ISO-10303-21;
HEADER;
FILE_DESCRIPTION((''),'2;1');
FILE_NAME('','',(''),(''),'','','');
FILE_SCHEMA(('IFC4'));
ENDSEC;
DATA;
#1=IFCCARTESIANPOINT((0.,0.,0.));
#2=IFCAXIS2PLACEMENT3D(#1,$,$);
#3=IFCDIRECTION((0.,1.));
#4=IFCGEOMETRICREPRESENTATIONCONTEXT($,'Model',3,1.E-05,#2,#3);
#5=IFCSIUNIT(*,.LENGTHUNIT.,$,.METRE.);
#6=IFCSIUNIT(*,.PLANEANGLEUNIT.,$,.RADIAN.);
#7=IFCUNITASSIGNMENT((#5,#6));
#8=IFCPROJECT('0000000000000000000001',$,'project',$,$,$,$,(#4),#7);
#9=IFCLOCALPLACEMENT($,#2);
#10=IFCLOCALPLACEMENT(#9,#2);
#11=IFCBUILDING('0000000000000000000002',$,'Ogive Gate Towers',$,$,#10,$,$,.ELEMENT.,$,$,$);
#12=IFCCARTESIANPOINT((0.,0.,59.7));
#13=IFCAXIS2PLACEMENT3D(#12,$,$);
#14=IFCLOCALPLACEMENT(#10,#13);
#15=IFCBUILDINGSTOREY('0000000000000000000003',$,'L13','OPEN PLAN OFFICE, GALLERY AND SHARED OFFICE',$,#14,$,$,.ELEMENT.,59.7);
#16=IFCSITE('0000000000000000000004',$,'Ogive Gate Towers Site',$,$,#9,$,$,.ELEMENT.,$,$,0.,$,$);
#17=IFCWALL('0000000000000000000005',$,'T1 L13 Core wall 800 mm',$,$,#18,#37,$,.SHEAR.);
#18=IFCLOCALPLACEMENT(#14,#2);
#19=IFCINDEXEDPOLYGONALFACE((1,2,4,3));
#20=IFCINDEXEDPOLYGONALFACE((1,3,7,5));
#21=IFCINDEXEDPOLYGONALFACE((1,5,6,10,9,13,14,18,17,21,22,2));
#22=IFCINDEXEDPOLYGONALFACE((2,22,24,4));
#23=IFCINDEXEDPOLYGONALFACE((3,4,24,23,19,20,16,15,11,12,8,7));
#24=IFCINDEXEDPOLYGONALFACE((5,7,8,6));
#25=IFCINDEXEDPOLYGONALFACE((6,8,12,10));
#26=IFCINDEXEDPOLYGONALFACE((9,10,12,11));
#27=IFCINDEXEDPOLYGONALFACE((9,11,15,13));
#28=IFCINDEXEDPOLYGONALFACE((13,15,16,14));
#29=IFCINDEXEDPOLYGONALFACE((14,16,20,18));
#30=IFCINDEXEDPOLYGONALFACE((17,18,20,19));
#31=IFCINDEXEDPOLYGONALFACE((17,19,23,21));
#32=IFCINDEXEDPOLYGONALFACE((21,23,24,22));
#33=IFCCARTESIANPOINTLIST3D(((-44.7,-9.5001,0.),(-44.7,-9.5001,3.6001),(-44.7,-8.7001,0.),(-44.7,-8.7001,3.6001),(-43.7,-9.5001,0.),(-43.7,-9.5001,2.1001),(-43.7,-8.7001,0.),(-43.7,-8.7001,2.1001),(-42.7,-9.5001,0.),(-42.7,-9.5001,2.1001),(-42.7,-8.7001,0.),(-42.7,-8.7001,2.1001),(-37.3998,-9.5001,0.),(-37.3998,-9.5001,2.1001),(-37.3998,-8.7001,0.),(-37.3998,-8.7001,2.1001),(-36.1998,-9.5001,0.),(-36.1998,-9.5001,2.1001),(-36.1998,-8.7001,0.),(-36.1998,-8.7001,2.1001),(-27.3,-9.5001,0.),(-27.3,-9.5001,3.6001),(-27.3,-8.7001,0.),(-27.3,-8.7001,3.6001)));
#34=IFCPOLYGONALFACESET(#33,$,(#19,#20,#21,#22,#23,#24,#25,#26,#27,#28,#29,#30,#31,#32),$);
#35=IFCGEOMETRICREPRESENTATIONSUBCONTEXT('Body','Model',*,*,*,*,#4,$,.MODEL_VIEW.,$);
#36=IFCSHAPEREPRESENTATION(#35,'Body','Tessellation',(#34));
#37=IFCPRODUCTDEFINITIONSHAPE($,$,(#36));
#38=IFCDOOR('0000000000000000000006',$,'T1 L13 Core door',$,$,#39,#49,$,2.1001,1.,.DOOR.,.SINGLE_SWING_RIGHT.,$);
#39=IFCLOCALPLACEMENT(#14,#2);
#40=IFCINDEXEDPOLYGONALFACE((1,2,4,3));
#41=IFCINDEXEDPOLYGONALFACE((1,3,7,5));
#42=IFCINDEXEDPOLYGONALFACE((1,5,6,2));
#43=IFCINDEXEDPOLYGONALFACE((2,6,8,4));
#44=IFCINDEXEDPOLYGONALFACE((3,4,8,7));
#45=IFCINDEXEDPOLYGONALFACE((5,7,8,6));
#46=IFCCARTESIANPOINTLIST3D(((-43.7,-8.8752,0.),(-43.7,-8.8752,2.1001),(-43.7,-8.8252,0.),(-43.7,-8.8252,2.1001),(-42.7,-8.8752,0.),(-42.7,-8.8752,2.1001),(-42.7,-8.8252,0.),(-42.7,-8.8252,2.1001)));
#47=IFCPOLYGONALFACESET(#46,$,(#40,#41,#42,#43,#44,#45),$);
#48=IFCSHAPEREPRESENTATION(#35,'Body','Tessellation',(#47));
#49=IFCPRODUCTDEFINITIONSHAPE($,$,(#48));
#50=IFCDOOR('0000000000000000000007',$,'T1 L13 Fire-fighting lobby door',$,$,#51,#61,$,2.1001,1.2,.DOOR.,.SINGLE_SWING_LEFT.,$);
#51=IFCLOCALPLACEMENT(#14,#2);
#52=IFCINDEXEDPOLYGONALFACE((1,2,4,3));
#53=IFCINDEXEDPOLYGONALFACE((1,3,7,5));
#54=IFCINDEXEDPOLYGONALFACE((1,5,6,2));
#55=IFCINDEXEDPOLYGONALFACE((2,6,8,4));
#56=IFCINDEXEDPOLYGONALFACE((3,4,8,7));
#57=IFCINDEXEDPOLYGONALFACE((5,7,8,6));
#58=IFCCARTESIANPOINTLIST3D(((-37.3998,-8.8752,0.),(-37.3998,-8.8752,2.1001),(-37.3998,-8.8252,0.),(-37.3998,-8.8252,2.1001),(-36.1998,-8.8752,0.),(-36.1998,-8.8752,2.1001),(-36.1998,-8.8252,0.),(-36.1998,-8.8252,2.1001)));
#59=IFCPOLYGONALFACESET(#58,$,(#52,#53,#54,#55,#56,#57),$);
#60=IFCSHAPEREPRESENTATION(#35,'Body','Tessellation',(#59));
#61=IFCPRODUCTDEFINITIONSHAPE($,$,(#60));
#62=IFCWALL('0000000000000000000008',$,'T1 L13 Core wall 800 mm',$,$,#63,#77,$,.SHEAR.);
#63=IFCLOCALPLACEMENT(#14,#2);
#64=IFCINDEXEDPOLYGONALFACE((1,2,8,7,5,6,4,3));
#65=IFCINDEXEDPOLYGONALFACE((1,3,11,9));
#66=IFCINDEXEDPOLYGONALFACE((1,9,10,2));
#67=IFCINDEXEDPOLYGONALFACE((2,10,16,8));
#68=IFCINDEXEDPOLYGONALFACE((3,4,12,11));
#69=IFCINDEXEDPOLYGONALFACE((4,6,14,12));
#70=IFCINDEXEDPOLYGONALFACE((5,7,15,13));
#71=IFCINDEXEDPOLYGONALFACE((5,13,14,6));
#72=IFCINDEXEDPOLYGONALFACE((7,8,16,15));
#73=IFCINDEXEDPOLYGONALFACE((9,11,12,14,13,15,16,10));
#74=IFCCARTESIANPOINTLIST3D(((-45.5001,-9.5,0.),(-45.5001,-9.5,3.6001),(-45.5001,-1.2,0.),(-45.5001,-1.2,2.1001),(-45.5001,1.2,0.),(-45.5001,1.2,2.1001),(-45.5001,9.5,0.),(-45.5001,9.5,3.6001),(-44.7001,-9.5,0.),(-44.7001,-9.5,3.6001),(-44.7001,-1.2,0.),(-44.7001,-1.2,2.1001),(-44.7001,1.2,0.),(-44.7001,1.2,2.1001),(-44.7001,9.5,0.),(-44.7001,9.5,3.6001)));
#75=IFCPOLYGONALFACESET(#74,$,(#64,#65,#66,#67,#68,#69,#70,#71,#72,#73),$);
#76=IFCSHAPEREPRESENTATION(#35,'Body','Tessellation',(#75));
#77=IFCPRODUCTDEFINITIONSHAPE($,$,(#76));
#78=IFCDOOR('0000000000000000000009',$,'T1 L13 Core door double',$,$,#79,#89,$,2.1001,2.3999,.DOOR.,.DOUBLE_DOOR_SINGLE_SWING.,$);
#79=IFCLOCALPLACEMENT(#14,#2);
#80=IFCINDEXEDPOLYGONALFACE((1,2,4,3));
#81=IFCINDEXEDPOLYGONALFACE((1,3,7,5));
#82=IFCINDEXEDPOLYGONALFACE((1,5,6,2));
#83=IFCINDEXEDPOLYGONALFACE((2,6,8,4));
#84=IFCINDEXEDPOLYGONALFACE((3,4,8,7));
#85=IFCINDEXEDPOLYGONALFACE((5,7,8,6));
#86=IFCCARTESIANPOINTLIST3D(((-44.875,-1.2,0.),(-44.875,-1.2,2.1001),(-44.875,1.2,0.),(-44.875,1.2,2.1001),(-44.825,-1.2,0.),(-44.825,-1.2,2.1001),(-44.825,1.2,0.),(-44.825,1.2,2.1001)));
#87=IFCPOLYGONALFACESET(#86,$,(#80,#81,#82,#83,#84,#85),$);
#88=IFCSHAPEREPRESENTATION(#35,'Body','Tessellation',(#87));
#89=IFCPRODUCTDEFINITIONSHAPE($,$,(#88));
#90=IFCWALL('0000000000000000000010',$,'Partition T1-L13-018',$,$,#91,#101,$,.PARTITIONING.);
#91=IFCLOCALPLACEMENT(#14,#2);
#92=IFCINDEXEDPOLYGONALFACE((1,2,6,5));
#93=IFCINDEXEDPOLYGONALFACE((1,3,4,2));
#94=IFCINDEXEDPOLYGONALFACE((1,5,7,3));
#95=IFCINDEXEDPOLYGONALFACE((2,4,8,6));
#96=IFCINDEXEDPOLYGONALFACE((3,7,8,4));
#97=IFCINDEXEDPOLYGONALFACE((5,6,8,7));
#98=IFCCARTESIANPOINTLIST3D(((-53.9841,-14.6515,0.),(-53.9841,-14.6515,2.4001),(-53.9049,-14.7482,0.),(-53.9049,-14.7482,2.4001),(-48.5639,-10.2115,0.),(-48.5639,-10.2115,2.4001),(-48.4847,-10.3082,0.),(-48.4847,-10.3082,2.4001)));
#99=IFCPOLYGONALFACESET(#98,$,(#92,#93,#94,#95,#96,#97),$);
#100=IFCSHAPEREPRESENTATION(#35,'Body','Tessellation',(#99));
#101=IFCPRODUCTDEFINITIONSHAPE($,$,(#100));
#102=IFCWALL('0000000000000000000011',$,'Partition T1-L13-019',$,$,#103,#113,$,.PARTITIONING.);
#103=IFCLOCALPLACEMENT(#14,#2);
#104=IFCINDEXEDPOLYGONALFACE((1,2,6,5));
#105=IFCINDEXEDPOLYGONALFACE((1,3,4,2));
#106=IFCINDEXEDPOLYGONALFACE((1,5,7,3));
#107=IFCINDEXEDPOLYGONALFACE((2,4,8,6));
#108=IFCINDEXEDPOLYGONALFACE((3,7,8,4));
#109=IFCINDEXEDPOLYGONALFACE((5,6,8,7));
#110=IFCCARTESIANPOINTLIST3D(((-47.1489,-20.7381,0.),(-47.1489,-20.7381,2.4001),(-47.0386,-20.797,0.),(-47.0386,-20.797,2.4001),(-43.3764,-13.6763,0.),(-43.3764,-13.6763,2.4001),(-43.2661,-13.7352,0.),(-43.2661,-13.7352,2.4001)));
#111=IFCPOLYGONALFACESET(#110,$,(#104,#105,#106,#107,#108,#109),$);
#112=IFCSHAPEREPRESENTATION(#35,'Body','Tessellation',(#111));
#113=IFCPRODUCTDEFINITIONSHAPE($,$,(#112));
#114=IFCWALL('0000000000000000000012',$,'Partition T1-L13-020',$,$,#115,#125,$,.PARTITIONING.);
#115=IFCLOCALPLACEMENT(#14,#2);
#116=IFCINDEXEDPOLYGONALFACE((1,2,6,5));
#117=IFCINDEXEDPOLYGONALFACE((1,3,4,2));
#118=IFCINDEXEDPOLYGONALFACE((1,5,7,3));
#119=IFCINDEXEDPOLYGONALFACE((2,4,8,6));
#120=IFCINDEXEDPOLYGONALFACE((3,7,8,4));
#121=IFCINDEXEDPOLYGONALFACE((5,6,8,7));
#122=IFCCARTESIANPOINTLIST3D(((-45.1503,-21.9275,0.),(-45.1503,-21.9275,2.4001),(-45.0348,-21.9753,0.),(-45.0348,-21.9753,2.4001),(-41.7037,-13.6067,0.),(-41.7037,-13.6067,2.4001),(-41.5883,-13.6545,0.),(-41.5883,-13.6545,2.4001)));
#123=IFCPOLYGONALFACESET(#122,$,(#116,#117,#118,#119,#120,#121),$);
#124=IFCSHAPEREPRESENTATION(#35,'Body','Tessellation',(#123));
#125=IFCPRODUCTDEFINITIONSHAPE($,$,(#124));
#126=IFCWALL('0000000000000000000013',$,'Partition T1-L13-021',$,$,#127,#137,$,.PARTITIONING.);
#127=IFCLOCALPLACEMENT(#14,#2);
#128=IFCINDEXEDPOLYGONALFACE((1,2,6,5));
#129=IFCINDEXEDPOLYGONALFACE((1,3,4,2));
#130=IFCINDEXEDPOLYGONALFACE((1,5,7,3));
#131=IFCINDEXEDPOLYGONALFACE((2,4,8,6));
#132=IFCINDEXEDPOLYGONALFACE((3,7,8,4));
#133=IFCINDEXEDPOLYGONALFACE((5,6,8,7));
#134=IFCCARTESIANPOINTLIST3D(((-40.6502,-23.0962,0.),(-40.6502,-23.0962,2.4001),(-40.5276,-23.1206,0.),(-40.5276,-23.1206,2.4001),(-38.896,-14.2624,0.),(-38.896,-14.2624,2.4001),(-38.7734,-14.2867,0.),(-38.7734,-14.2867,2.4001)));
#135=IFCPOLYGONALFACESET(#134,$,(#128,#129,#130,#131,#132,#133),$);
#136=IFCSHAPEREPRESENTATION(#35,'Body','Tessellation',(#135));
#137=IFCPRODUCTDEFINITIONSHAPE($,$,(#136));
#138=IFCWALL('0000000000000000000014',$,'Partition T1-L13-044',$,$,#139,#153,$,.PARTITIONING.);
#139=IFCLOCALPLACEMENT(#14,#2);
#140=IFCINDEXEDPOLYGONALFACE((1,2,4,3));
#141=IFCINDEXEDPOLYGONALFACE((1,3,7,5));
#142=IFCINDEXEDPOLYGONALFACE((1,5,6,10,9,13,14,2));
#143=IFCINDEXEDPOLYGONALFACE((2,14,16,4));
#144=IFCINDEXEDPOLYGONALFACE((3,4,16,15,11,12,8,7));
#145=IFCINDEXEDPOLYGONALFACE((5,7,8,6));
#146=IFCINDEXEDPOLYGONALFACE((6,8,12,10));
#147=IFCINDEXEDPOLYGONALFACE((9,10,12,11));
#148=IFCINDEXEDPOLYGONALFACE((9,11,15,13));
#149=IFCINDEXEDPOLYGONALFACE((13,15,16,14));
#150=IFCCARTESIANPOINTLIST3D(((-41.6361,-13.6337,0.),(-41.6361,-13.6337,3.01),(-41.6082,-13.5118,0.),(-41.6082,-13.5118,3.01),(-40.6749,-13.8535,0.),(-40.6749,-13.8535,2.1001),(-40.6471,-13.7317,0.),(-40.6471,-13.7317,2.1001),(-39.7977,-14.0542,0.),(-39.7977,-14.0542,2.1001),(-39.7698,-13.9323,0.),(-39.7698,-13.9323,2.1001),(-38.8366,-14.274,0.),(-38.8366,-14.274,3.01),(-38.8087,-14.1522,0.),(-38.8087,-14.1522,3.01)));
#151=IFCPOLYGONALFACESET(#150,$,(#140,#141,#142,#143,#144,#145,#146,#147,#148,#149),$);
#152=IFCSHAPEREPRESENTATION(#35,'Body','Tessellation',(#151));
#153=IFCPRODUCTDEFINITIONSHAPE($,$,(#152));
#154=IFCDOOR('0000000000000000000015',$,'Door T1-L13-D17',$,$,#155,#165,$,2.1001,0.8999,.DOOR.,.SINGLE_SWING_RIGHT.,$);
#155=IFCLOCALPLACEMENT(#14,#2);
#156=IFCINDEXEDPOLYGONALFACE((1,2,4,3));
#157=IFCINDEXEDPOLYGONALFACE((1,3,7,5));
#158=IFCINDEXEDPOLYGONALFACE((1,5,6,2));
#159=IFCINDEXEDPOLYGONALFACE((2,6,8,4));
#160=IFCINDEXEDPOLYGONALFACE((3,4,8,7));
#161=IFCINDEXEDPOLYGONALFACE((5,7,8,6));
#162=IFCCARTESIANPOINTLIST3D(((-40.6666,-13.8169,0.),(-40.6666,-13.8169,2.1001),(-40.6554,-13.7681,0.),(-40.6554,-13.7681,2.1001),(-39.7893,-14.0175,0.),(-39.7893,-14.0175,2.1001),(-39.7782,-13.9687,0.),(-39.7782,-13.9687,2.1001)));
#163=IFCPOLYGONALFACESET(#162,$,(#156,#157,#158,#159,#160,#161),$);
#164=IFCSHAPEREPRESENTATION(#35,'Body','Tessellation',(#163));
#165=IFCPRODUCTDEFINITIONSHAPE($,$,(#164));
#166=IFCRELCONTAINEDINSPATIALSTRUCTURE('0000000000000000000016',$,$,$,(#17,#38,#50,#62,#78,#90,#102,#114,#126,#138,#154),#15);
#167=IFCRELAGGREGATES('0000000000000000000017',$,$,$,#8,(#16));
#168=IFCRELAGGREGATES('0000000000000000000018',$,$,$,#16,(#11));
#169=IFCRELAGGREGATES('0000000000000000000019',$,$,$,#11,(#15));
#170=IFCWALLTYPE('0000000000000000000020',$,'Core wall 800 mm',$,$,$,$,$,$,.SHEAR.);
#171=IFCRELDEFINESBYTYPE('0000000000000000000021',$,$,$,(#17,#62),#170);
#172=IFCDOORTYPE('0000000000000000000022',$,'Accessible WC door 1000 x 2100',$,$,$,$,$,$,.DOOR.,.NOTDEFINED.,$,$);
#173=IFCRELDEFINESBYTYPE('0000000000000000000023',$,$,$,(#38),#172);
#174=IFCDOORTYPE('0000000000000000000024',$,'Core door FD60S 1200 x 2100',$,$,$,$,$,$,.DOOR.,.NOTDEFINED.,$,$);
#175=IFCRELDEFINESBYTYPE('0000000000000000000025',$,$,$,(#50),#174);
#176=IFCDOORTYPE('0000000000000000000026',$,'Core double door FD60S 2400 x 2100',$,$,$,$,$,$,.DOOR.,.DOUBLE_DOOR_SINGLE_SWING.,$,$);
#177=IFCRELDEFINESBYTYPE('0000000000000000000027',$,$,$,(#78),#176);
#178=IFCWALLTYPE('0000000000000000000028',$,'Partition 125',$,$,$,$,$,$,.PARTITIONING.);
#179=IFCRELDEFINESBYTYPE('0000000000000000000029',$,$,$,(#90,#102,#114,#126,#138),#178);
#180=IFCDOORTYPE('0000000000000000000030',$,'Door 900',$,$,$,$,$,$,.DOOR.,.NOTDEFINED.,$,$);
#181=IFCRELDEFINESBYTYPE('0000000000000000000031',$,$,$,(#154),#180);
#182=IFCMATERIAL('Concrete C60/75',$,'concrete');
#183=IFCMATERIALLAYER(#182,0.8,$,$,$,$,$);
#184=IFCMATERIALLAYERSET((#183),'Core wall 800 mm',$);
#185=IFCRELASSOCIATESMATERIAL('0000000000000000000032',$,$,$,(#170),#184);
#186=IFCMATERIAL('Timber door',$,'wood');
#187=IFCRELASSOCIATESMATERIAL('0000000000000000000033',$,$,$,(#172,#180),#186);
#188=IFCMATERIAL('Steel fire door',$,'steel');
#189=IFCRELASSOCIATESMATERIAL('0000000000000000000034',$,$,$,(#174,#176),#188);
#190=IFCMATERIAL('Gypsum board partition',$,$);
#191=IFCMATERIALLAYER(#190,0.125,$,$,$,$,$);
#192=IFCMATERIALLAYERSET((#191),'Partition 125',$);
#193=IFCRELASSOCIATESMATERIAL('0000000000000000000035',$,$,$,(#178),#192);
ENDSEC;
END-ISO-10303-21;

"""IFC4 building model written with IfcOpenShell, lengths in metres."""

from ifc_helpers import new_model, si_unit, direction, frame, frame_2d, origin, place, context, subcontext, project, spatial, rectangle, extrude, material, layer, layer_set, type_object, element, fill, save


model = new_model("IFC4")

# Units and contexts
model_context = context("Model", 3, precision=1e-05, world=origin(), true_north=direction((0.0, 1.0)))
body_context = subcontext(model_context, "Body", "Model", "MODEL_VIEW")
ifc_project = project(units=[si_unit("LENGTHUNIT", "METRE"), si_unit("PLANEANGLEUNIT", "RADIAN")], contexts=[model_context])

# Site, building, storey
site_placement = place(None, origin())
site = spatial("IfcSite", under=ifc_project, at=site_placement, Name="Ogive Gate Towers Site", CompositionType="ELEMENT", RefElevation=0.0)
building_placement = place(site_placement, origin())
building = spatial("IfcBuilding", under=site, at=building_placement, Name="Ogive Gate Towers", CompositionType="ELEMENT")
storey_placement = place(building_placement, frame((0.0, 0.0, 59.7)))
storey = spatial("IfcBuildingStorey", under=building, at=storey_placement, Name="L13", Description="OPEN PLAN OFFICE, GALLERY AND SHARED OFFICE", CompositionType="ELEMENT", Elevation=59.7)

# Wall, openings, doors
ifc_material_1 = material(Name="Concrete C60/75", Category="concrete")
ifc_layer_1 = layer(ifc_material_1, 0.8)
ifc_layer_set_1 = layer_set([ifc_layer_1], Name="Core wall 800 mm")
wall_type_1 = type_object("IfcWallType", Name="Core wall 800 mm", PredefinedType="SHEAR", material=ifc_layer_set_1)
wall_1_placement = place(storey_placement, frame((-44.7, -9.1001, 0.0), z_axis=(0.0, 0.0, 1.0), x_axis=(1.0, 0.0, 0.0)))
wall_1 = element("IfcWall", 1, at=wall_1_placement, inside=storey, type_object=wall_type_1, Name="T1 L13 Core wall 800 mm", PredefinedType="SHEAR", context=body_context, shape_type="SweptSolid", body=[
    extrude(rectangle(XDim=17.3999, YDim=0.8, at=frame_2d((8.7, 0.0))), origin(), (0.0, 0.0, 1.0), 3.6001),
])
opening_1_placement = place(wall_1_placement, frame((7.3, 0.0, 0.0)))
opening_1 = element("IfcOpeningElement", 2, at=opening_1_placement, cuts=wall_1, PredefinedType="OPENING", context=body_context, shape_type="SweptSolid", body=[
    extrude(rectangle(XDim=1.2, YDim=2.1001, at=frame_2d((0.6001, 1.05))), frame((0.0, 0.4102, 0.0), z_axis=(0.0, -1.0, 0.0), x_axis=(1.0, 0.0, 0.0)), (0.0, 0.0, 1.0), 0.8201),
])
opening_2_placement = place(wall_1_placement, frame((1.0, 0.0, 0.0)))
opening_2 = element("IfcOpeningElement", 3, at=opening_2_placement, cuts=wall_1, PredefinedType="OPENING", context=body_context, shape_type="SweptSolid", body=[
    extrude(rectangle(XDim=1.0, YDim=2.1001, at=frame_2d((0.5, 1.05))), frame((0.0, 0.4102, 0.0), z_axis=(0.0, -1.0, 0.0), x_axis=(1.0, 0.0, 0.0)), (0.0, 0.0, 1.0), 0.8201),
])
ifc_material_2 = material(Name="Timber door", Category="wood")
door_type_1 = type_object("IfcDoorType", Name="Accessible WC door 1000 x 2100", OperationType="NOTDEFINED", PredefinedType="DOOR", material=ifc_material_2)
door_1_placement = place(opening_2_placement, origin())
door_1 = element("IfcDoor", 4, at=door_1_placement, inside=storey, type_object=door_type_1, Name="T1 L13 Core door", OperationType="SINGLE_SWING_RIGHT", OverallHeight=2.1001, OverallWidth=1.0, PredefinedType="DOOR", context=body_context, shape_type="SweptSolid", body=[
    extrude(rectangle(XDim=1.0, YDim=2.1001, at=frame_2d((0.5, 1.05))), frame((0.0, 0.2749, 0.0), z_axis=(0.0, -1.0, 0.0), x_axis=(1.0, 0.0, 0.0)), (0.0, 0.0, 1.0), 0.05),
])
fill(opening_2, door_1)
ifc_material_3 = material(Name="Steel fire door", Category="steel")
door_type_2 = type_object("IfcDoorType", Name="Core door FD60S 1200 x 2100", OperationType="NOTDEFINED", PredefinedType="DOOR", material=ifc_material_3)
door_2_placement = place(opening_1_placement, origin())
door_2 = element("IfcDoor", 5, at=door_2_placement, inside=storey, type_object=door_type_2, Name="T1 L13 Fire-fighting lobby door", OperationType="SINGLE_SWING_LEFT", OverallHeight=2.1001, OverallWidth=1.2, PredefinedType="DOOR", context=body_context, shape_type="SweptSolid", body=[
    extrude(rectangle(XDim=1.2, YDim=2.1001, at=frame_2d((0.6001, 1.05))), frame((0.0, 0.2749, 0.0), z_axis=(0.0, -1.0, 0.0), x_axis=(1.0, 0.0, 0.0)), (0.0, 0.0, 1.0), 0.05),
])
fill(opening_1, door_2)

# Wall, opening, door
wall_2_placement = place(storey_placement, frame((-45.1001, -9.5, 0.0), z_axis=(0.0, 0.0, 1.0), x_axis=(0.0, 1.0, 0.0)))
wall_2 = element("IfcWall", 6, at=wall_2_placement, inside=storey, type_object=wall_type_1, Name="T1 L13 Core wall 800 mm", PredefinedType="SHEAR", context=body_context, shape_type="SweptSolid", body=[
    extrude(rectangle(XDim=19.0, YDim=0.8, at=frame_2d((9.5, 0.0))), origin(), (0.0, 0.0, 1.0), 3.6001),
])
opening_3_placement = place(wall_2_placement, frame((8.3, 0.0, 0.0)))
opening_3 = element("IfcOpeningElement", 7, at=opening_3_placement, cuts=wall_2, PredefinedType="OPENING", context=body_context, shape_type="SweptSolid", body=[
    extrude(rectangle(XDim=2.3999, YDim=2.1001, at=frame_2d((1.2, 1.05))), frame((0.0, 0.4102, 0.0), z_axis=(0.0, -1.0, 0.0), x_axis=(1.0, 0.0, 0.0)), (0.0, 0.0, 1.0), 0.8201),
])
door_type_3 = type_object("IfcDoorType", Name="Core double door FD60S 2400 x 2100", OperationType="DOUBLE_DOOR_SINGLE_SWING", PredefinedType="DOOR", material=ifc_material_3)
door_3_placement = place(opening_3_placement, origin())
door_3 = element("IfcDoor", 8, at=door_3_placement, inside=storey, type_object=door_type_3, Name="T1 L13 Core door double", OperationType="DOUBLE_DOOR_SINGLE_SWING", OverallHeight=2.1001, OverallWidth=2.3999, PredefinedType="DOOR", context=body_context, shape_type="SweptSolid", body=[
    extrude(rectangle(XDim=2.3999, YDim=2.1001, at=frame_2d((1.2, 1.05))), frame((0.0, -0.2251, 0.0), z_axis=(0.0, -1.0, 0.0), x_axis=(1.0, 0.0, 0.0)), (0.0, 0.0, 1.0), 0.05),
])
fill(opening_3, door_3)

# Walls
ifc_material_4 = material(Name="Gypsum board partition")
ifc_layer_2 = layer(ifc_material_4, 0.125)
ifc_layer_set_2 = layer_set([ifc_layer_2], Name="Partition 125")
wall_type_2 = type_object("IfcWallType", Name="Partition 125", PredefinedType="PARTITIONING", material=ifc_layer_set_2)
wall_3_placement = place(storey_placement, frame((-53.9446, -14.7, 0.0), z_axis=(0.0, 0.0, 1.0), x_axis=(0.773589, 0.633687, 0.0)))
element("IfcWall", 9, at=wall_3_placement, inside=storey, type_object=wall_type_2, Name="Partition T1-L13-018", PredefinedType="PARTITIONING", context=body_context, shape_type="SweptSolid", body=[
    extrude(rectangle(XDim=7.0066, YDim=0.125, at=frame_2d((3.5034, 0.0))), origin(), (0.0, 0.0, 1.0), 2.4001),
])
wall_4_placement = place(storey_placement, frame((-47.0938, -20.7676, 0.0), z_axis=(0.0, 0.0, 1.0), x_axis=(0.47119, 0.882032, 0.0)))
element("IfcWall", 10, at=wall_4_placement, inside=storey, type_object=wall_type_2, Name="Partition T1-L13-019", PredefinedType="PARTITIONING", context=body_context, shape_type="SweptSolid", body=[
    extrude(rectangle(XDim=8.0063, YDim=0.125, at=frame_2d((4.0032, 0.0))), origin(), (0.0, 0.0, 1.0), 2.4001),
])
for number, where, z_axis, x_axis, name in (
    (11, (-45.0925, -21.9514, 0.0), (0.0, 0.0, 1.0), (0.382678, 0.923882, 0.0), "Partition T1-L13-020"),
    (12, (-40.5889, -23.1084, 0.0), (0.0, 0.0, 1.0), (0.194766, 0.98085, 0.0), "Partition T1-L13-021"),
):
    element("IfcWall", number, at=place(storey_placement, frame(where, z_axis=z_axis, x_axis=x_axis)), inside=storey, type_object=wall_type_2, Name=name, PredefinedType="PARTITIONING", context=body_context, shape_type="SweptSolid", body=[
        extrude(rectangle(XDim=9.0063, YDim=0.125, at=frame_2d((4.5032, 0.0))), origin(), (0.0, 0.0, 1.0), 2.4001),
    ])

# Wall, opening, door
wall_5_placement = place(storey_placement, frame((-38.8225, -14.2131, 0.0), z_axis=(0.0, 0.0, 1.0), x_axis=(-0.974822, 0.222984, 0.0)))
wall_5 = element("IfcWall", 13, at=wall_5_placement, inside=storey, type_object=wall_type_2, Name="Partition T1-L13-044", PredefinedType="PARTITIONING", context=body_context, shape_type="SweptSolid", body=[
    extrude(rectangle(XDim=2.8718, YDim=0.125, at=frame_2d((1.436, 0.0))), origin(), (0.0, 0.0, 1.0), 3.01),
])
opening_4_placement = place(wall_5_placement, frame((0.9861, 0.0, 0.0)))
opening_4 = element("IfcOpeningElement", 14, at=opening_4_placement, cuts=wall_5, PredefinedType="OPENING", context=body_context, shape_type="SweptSolid", body=[
    extrude(rectangle(XDim=0.8999, YDim=2.1001, at=frame_2d((0.45, 1.05))), frame((0.0, 0.0725, 0.0), z_axis=(0.0, -1.0, 0.0), x_axis=(1.0, 0.0, 0.0)), (0.0, 0.0, 1.0), 0.145),
])
door_type_4 = type_object("IfcDoorType", Name="Door 900", OperationType="NOTDEFINED", PredefinedType="DOOR", material=ifc_material_2)
door_4_placement = place(opening_4_placement, origin())
door_4 = element("IfcDoor", 15, at=door_4_placement, inside=storey, type_object=door_type_4, Name="Door T1-L13-D17", OperationType="SINGLE_SWING_RIGHT", OverallHeight=2.1001, OverallWidth=0.8999, PredefinedType="DOOR", context=body_context, shape_type="SweptSolid", body=[
    extrude(rectangle(XDim=0.8999, YDim=2.1001, at=frame_2d((0.45, 1.05))), frame((0.0, 0.0249, 0.0), z_axis=(0.0, -1.0, 0.0), x_axis=(1.0, 0.0, 0.0)), (0.0, 0.0, 1.0), 0.05),
])
fill(opening_4, door_4)

save(model, "model.ifc")
